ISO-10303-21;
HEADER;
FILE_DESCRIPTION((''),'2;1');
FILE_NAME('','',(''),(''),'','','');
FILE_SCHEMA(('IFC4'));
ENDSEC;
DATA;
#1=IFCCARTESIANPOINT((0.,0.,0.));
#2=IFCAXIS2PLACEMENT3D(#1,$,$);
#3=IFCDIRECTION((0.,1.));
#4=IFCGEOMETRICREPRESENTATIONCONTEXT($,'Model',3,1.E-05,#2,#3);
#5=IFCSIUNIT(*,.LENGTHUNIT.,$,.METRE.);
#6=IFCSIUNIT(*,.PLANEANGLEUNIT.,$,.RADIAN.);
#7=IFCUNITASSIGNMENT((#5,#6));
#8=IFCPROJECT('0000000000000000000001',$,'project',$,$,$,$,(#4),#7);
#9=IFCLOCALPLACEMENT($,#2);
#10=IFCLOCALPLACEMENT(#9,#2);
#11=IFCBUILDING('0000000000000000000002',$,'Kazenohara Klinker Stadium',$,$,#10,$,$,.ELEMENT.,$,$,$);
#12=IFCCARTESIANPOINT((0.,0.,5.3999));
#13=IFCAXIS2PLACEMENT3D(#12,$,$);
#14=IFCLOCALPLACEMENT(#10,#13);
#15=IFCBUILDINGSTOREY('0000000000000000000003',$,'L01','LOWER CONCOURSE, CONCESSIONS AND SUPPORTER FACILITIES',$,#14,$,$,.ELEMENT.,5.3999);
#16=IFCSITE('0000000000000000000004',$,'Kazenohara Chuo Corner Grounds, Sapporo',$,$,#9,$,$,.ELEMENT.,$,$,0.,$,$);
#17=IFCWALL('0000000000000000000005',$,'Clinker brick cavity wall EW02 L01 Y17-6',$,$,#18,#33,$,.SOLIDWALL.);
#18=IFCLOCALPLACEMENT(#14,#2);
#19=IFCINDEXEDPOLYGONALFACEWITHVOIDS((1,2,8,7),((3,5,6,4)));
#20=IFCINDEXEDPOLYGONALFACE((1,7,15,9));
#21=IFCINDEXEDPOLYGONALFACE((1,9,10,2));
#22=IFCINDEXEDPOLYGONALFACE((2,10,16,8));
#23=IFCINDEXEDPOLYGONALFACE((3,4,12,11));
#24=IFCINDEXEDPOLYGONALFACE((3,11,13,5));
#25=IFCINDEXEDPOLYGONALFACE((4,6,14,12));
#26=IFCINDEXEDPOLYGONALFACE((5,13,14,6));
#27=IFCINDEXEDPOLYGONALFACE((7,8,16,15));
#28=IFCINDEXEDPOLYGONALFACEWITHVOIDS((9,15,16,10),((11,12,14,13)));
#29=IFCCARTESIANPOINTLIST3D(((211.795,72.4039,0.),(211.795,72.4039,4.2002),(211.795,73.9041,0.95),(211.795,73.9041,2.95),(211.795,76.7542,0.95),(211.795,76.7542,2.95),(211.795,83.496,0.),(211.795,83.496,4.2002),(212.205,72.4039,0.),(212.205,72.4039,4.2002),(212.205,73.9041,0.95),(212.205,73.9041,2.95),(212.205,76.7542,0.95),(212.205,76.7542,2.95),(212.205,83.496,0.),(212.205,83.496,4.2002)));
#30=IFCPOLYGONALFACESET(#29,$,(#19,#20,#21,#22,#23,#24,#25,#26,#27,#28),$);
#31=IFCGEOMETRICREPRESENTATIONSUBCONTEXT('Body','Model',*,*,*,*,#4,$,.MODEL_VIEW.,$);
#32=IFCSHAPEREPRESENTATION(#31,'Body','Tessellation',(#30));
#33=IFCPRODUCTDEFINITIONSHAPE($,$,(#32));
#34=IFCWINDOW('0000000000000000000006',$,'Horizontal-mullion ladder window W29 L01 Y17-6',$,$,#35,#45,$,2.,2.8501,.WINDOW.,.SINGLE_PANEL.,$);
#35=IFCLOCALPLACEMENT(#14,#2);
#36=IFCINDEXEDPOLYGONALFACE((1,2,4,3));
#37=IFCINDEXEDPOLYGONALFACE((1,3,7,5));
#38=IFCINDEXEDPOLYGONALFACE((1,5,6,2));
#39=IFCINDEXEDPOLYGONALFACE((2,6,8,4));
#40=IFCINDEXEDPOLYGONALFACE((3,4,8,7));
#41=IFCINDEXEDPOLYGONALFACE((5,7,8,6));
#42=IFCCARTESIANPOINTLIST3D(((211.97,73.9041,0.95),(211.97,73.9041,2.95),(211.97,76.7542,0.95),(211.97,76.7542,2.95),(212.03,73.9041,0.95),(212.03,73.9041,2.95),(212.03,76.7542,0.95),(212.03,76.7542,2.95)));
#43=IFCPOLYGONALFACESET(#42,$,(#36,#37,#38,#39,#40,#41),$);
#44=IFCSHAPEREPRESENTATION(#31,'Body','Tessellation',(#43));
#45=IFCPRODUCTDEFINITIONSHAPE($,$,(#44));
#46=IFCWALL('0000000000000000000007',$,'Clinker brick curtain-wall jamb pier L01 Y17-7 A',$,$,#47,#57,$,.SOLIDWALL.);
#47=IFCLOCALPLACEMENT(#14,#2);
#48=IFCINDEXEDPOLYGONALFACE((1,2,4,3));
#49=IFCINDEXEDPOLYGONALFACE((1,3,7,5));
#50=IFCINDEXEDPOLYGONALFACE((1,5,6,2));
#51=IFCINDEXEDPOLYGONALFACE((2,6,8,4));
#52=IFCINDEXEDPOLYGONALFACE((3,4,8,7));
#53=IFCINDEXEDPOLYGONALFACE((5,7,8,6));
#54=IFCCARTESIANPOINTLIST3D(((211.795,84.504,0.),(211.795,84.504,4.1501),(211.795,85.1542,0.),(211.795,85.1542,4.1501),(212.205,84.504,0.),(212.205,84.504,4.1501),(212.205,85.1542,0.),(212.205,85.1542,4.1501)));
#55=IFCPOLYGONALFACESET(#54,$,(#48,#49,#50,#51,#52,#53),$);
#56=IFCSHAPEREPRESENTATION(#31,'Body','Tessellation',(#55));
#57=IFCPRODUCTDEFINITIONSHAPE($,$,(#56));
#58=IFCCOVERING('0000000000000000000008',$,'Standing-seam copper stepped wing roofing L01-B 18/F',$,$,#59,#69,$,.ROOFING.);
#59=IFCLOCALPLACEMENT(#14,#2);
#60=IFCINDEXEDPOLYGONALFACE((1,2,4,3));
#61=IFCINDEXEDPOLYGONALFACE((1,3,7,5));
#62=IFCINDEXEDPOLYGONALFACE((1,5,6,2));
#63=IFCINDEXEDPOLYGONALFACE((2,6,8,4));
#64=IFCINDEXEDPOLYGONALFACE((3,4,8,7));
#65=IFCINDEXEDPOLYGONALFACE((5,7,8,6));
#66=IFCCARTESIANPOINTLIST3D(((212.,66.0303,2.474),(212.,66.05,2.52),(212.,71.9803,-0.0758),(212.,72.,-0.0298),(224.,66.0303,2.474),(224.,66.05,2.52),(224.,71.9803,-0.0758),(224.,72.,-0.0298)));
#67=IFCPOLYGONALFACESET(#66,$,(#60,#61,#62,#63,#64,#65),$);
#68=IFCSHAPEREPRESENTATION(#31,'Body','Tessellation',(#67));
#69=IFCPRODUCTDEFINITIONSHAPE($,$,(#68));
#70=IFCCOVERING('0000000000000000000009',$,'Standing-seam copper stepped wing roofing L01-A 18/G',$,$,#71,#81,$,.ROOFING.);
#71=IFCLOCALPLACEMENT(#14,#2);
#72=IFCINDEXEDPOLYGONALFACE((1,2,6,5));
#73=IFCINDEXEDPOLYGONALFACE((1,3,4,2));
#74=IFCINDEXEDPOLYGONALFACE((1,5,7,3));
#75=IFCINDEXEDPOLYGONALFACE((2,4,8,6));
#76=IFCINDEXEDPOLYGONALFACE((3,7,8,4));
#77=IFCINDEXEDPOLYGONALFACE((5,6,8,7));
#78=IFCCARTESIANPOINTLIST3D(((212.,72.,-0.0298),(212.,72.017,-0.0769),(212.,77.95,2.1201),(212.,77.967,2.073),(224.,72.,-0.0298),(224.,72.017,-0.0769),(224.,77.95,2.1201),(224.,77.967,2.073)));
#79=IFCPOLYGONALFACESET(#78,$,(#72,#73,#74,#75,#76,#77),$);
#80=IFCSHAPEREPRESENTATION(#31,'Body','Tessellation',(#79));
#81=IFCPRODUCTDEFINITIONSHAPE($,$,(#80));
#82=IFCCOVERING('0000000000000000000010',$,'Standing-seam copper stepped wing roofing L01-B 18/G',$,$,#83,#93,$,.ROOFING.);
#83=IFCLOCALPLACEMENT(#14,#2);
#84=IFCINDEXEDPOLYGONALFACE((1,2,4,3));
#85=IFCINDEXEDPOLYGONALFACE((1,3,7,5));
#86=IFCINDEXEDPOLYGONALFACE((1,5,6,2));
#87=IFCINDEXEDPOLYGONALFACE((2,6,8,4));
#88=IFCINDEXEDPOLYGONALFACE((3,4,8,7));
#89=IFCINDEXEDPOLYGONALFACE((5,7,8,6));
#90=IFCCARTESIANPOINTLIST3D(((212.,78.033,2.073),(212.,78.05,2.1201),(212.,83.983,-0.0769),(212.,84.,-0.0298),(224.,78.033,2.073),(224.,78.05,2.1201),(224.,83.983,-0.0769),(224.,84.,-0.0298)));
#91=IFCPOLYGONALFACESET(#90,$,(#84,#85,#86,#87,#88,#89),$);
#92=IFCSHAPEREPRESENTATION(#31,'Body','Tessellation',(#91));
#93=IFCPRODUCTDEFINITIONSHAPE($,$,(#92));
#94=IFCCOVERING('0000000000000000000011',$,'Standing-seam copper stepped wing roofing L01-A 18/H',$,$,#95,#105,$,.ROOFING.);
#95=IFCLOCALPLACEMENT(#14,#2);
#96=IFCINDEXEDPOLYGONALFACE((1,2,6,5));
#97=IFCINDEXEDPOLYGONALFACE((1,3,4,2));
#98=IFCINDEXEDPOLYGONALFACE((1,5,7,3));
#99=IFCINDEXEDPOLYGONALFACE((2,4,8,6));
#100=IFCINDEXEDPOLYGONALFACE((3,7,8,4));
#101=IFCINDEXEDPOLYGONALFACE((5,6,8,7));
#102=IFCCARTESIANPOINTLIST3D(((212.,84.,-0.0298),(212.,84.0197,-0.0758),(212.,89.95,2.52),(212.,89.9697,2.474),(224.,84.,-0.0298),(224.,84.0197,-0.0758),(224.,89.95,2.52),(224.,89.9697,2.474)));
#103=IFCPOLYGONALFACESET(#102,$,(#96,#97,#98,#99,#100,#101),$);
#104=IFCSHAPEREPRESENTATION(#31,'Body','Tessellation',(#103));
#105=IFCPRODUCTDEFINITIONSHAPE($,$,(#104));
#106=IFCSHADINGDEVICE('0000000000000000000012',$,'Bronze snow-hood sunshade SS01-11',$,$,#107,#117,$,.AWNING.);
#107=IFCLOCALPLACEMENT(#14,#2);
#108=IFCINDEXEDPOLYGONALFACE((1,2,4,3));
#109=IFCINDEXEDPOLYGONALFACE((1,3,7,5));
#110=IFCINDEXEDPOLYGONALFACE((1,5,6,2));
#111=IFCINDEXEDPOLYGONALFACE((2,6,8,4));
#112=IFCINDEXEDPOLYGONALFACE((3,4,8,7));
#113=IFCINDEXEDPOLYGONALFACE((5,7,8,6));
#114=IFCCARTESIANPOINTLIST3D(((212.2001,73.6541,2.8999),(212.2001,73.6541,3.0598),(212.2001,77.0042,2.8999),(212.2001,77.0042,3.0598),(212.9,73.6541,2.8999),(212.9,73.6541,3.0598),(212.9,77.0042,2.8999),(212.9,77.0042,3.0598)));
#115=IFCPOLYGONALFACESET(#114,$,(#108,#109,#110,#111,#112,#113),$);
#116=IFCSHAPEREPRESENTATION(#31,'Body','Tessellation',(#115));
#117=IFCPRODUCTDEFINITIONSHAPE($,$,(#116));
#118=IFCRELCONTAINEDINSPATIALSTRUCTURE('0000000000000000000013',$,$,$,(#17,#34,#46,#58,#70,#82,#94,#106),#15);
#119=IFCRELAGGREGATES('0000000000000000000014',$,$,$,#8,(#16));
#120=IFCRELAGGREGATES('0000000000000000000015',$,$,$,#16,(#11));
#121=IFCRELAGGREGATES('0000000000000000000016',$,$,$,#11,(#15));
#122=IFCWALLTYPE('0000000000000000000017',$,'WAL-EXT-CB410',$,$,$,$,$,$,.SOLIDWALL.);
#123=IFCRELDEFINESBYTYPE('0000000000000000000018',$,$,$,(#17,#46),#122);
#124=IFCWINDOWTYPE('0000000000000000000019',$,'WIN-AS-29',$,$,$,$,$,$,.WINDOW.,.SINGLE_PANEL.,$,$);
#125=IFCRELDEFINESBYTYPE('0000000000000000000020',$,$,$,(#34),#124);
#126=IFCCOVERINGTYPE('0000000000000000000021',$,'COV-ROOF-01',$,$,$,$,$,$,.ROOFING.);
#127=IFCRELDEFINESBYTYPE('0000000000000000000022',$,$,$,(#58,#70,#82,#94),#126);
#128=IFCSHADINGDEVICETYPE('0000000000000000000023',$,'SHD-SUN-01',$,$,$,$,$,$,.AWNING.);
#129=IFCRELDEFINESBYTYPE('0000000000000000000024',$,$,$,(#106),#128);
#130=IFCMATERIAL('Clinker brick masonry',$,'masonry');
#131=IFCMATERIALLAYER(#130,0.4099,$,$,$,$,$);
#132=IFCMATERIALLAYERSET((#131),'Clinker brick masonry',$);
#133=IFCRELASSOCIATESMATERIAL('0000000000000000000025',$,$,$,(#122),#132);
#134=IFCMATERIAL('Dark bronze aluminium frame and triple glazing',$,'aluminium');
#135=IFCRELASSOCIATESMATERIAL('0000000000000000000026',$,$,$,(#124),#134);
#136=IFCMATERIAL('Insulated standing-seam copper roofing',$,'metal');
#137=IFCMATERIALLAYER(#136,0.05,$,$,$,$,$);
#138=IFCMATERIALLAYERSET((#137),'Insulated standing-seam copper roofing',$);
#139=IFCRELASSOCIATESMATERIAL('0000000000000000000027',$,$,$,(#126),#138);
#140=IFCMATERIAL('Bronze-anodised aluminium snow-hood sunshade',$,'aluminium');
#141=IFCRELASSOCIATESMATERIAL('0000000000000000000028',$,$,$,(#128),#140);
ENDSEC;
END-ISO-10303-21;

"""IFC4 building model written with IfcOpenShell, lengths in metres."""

from ifc_helpers import new_model, si_unit, direction, frame, frame_2d, origin, origin_2d, place, context, subcontext, project, spatial, polyline, rectangle, outline, extrude, material, layer, layer_set, type_object, element, fill, save


model = new_model("IFC4")

# Units and contexts
model_context = context("Model", 3, precision=1e-05, world=origin(), true_north=direction((0.0, 1.0)))
body_context = subcontext(model_context, "Body", "Model", "MODEL_VIEW")
ifc_project = project(units=[si_unit("LENGTHUNIT", "METRE"), si_unit("PLANEANGLEUNIT", "RADIAN")], contexts=[model_context])

# Site, building, storey
site_placement = place(None, origin())
site = spatial("IfcSite", under=ifc_project, at=site_placement, Name="Kazenohara Chuo Corner Grounds, Sapporo", CompositionType="ELEMENT", RefElevation=0.0)
building_placement = place(site_placement, origin())
building = spatial("IfcBuilding", under=site, at=building_placement, Name="Kazenohara Klinker Stadium", CompositionType="ELEMENT")
storey_placement = place(building_placement, frame((0.0, 0.0, 5.3999)))
storey = spatial("IfcBuildingStorey", under=building, at=storey_placement, Name="L01", Description="LOWER CONCOURSE, CONCESSIONS AND SUPPORTER FACILITIES", CompositionType="ELEMENT", Elevation=5.3999)

# Shared definitions
ifc_material_1 = material(Name="Clinker brick masonry", Category="masonry")
ifc_layer_1 = layer(ifc_material_1, 0.4099)
ifc_layer_set_1 = layer_set([ifc_layer_1], Name="Clinker brick masonry")
wall_type = type_object("IfcWallType", Name="WAL-EXT-CB410", PredefinedType="SOLIDWALL", material=ifc_layer_set_1)

# Wall, opening, window
wall_1_placement = place(storey_placement, frame((212.0, 72.4041, 0.0), z_axis=(0.0, 0.0, 1.0), x_axis=(0.0, 1.0, 0.0)))
wall_1 = element("IfcWall", 1, at=wall_1_placement, inside=storey, type_object=wall_type, Name="Clinker brick cavity wall EW02 L01 Y17-6", PredefinedType="SOLIDWALL", context=body_context, shape_type="SweptSolid", body=[
    extrude(rectangle(XDim=11.092, YDim=0.4099, at=frame_2d((5.5459, 0.0))), origin(), (0.0, 0.0, 1.0), 4.2002),
])
opening_placement = place(wall_1_placement, frame((1.5, 0.0, 0.95)))
opening = element("IfcOpeningElement", 2, at=opening_placement, cuts=wall_1, PredefinedType="OPENING", context=body_context, shape_type="SweptSolid", body=[
    extrude(rectangle(XDim=2.8501, YDim=2.0, at=frame_2d((1.425, 1.0))), frame((0.0, 0.2148, 0.0), z_axis=(0.0, -1.0, 0.0), x_axis=(1.0, 0.0, 0.0)), (0.0, 0.0, 1.0), 0.4299),
])
ifc_material_2 = material(Name="Dark bronze aluminium frame and triple glazing", Category="aluminium")
window_type = type_object("IfcWindowType", Name="WIN-AS-29", PartitioningType="SINGLE_PANEL", PredefinedType="WINDOW", material=ifc_material_2)
window_placement = place(opening_placement, origin())
window = element("IfcWindow", 3, at=window_placement, inside=storey, type_object=window_type, Name="Horizontal-mullion ladder window W29 L01 Y17-6", OverallHeight=2.0, OverallWidth=2.8501, PartitioningType="SINGLE_PANEL", PredefinedType="WINDOW", context=body_context, shape_type="SweptSolid", body=[
    extrude(rectangle(XDim=2.8501, YDim=2.0, at=frame_2d((1.425, 1.0))), frame((0.0, 0.03, 0.0), z_axis=(0.0, -1.0, 0.0), x_axis=(1.0, 0.0, 0.0)), (0.0, 0.0, 1.0), 0.0601),
])
fill(opening, window)

# Wall
wall_2_placement = place(storey_placement, frame((212.0, 84.5039, 0.0), z_axis=(0.0, 0.0, 1.0), x_axis=(0.0, 1.0, 0.0)))
element("IfcWall", 4, at=wall_2_placement, inside=storey, type_object=wall_type, Name="Clinker brick curtain-wall jamb pier L01 Y17-7 A", PredefinedType="SOLIDWALL", context=body_context, shape_type="SweptSolid", body=[
    extrude(rectangle(XDim=0.6501, YDim=0.4099, at=frame_2d((0.3252, 0.0))), origin(), (0.0, 0.0, 1.0), 4.1501),
])

# Coverings
ifc_material_3 = material(Name="Insulated standing-seam copper roofing", Category="metal")
ifc_layer_2 = layer(ifc_material_3, 0.05)
ifc_layer_set_2 = layer_set([ifc_layer_2], Name="Insulated standing-seam copper roofing")
covering_type = type_object("IfcCoveringType", Name="COV-ROOF-01", PredefinedType="ROOFING", material=ifc_layer_set_2)
covering_1_placement = place(storey_placement, frame((212.0, 66.05, 2.52), z_axis=(0.0, 0.393897, 0.919155), x_axis=(1.0, 0.0, 0.0)))
element("IfcCovering", 5, at=covering_1_placement, inside=storey, type_object=covering_type, Name="Standing-seam copper stepped wing roofing L01-B 18/F", PredefinedType="ROOFING", context=body_context, shape_type="SweptSolid", body=[
    extrude(outline(polyline([(0.0, 0.0), (12.0, 0.0), (12.0, 6.4733), (0.0, 6.4733), (0.0, 0.0)])), origin(), (0.0, 0.0, -1.0), 0.05),
])
for number, where, z_axis, x_axis, name in (
    (6, (212.0, 72.0, -0.0298), (0.0, -0.339827, 0.940488), (1.0, 0.0, 0.0), "Standing-seam copper stepped wing roofing L01-A 18/G"),
    (7, (212.0, 78.05, 2.1201), (0.0, 0.339827, 0.940488), (1.0, 0.0, 0.0), "Standing-seam copper stepped wing roofing L01-B 18/G"),
):
    element("IfcCovering", number, at=place(storey_placement, frame(where, z_axis=z_axis, x_axis=x_axis)), inside=storey, type_object=covering_type, Name=name, PredefinedType="ROOFING", context=body_context, shape_type="SweptSolid", body=[
        extrude(outline(polyline([(0.0, 0.0), (12.0, 0.0), (12.0, 6.3265), (0.0, 6.3265), (0.0, 0.0)])), origin(), (0.0, 0.0, -1.0), 0.05),
    ])
covering_2_placement = place(storey_placement, frame((212.0, 84.0, -0.0298), z_axis=(0.0, -0.393897, 0.919155), x_axis=(1.0, 0.0, 0.0)))
element("IfcCovering", 8, at=covering_2_placement, inside=storey, type_object=covering_type, Name="Standing-seam copper stepped wing roofing L01-A 18/H", PredefinedType="ROOFING", context=body_context, shape_type="SweptSolid", body=[
    extrude(outline(polyline([(0.0, 0.0), (12.0, 0.0), (12.0, 6.4733), (0.0, 6.4733), (0.0, 0.0)])), origin(), (0.0, 0.0, -1.0), 0.05),
])

# Shading device
ifc_material_4 = material(Name="Bronze-anodised aluminium snow-hood sunshade", Category="aluminium")
shading_device_type = type_object("IfcShadingDeviceType", Name="SHD-SUN-01", PredefinedType="AWNING", material=ifc_material_4)
shading_device_placement = place(storey_placement, frame((212.55, 75.3291, 2.8999), z_axis=(0.0, 0.0, 1.0), x_axis=(0.0, 1.0, 0.0)))
element("IfcShadingDevice", 9, at=shading_device_placement, inside=storey, type_object=shading_device_type, Name="Bronze snow-hood sunshade SS01-11", PredefinedType="AWNING", context=body_context, shape_type="SweptSolid", body=[
    extrude(rectangle(XDim=3.3501, YDim=0.7, at=origin_2d()), origin(), (0.0, 0.0, 1.0), 0.1599),
])

save(model, "model.ifc")
